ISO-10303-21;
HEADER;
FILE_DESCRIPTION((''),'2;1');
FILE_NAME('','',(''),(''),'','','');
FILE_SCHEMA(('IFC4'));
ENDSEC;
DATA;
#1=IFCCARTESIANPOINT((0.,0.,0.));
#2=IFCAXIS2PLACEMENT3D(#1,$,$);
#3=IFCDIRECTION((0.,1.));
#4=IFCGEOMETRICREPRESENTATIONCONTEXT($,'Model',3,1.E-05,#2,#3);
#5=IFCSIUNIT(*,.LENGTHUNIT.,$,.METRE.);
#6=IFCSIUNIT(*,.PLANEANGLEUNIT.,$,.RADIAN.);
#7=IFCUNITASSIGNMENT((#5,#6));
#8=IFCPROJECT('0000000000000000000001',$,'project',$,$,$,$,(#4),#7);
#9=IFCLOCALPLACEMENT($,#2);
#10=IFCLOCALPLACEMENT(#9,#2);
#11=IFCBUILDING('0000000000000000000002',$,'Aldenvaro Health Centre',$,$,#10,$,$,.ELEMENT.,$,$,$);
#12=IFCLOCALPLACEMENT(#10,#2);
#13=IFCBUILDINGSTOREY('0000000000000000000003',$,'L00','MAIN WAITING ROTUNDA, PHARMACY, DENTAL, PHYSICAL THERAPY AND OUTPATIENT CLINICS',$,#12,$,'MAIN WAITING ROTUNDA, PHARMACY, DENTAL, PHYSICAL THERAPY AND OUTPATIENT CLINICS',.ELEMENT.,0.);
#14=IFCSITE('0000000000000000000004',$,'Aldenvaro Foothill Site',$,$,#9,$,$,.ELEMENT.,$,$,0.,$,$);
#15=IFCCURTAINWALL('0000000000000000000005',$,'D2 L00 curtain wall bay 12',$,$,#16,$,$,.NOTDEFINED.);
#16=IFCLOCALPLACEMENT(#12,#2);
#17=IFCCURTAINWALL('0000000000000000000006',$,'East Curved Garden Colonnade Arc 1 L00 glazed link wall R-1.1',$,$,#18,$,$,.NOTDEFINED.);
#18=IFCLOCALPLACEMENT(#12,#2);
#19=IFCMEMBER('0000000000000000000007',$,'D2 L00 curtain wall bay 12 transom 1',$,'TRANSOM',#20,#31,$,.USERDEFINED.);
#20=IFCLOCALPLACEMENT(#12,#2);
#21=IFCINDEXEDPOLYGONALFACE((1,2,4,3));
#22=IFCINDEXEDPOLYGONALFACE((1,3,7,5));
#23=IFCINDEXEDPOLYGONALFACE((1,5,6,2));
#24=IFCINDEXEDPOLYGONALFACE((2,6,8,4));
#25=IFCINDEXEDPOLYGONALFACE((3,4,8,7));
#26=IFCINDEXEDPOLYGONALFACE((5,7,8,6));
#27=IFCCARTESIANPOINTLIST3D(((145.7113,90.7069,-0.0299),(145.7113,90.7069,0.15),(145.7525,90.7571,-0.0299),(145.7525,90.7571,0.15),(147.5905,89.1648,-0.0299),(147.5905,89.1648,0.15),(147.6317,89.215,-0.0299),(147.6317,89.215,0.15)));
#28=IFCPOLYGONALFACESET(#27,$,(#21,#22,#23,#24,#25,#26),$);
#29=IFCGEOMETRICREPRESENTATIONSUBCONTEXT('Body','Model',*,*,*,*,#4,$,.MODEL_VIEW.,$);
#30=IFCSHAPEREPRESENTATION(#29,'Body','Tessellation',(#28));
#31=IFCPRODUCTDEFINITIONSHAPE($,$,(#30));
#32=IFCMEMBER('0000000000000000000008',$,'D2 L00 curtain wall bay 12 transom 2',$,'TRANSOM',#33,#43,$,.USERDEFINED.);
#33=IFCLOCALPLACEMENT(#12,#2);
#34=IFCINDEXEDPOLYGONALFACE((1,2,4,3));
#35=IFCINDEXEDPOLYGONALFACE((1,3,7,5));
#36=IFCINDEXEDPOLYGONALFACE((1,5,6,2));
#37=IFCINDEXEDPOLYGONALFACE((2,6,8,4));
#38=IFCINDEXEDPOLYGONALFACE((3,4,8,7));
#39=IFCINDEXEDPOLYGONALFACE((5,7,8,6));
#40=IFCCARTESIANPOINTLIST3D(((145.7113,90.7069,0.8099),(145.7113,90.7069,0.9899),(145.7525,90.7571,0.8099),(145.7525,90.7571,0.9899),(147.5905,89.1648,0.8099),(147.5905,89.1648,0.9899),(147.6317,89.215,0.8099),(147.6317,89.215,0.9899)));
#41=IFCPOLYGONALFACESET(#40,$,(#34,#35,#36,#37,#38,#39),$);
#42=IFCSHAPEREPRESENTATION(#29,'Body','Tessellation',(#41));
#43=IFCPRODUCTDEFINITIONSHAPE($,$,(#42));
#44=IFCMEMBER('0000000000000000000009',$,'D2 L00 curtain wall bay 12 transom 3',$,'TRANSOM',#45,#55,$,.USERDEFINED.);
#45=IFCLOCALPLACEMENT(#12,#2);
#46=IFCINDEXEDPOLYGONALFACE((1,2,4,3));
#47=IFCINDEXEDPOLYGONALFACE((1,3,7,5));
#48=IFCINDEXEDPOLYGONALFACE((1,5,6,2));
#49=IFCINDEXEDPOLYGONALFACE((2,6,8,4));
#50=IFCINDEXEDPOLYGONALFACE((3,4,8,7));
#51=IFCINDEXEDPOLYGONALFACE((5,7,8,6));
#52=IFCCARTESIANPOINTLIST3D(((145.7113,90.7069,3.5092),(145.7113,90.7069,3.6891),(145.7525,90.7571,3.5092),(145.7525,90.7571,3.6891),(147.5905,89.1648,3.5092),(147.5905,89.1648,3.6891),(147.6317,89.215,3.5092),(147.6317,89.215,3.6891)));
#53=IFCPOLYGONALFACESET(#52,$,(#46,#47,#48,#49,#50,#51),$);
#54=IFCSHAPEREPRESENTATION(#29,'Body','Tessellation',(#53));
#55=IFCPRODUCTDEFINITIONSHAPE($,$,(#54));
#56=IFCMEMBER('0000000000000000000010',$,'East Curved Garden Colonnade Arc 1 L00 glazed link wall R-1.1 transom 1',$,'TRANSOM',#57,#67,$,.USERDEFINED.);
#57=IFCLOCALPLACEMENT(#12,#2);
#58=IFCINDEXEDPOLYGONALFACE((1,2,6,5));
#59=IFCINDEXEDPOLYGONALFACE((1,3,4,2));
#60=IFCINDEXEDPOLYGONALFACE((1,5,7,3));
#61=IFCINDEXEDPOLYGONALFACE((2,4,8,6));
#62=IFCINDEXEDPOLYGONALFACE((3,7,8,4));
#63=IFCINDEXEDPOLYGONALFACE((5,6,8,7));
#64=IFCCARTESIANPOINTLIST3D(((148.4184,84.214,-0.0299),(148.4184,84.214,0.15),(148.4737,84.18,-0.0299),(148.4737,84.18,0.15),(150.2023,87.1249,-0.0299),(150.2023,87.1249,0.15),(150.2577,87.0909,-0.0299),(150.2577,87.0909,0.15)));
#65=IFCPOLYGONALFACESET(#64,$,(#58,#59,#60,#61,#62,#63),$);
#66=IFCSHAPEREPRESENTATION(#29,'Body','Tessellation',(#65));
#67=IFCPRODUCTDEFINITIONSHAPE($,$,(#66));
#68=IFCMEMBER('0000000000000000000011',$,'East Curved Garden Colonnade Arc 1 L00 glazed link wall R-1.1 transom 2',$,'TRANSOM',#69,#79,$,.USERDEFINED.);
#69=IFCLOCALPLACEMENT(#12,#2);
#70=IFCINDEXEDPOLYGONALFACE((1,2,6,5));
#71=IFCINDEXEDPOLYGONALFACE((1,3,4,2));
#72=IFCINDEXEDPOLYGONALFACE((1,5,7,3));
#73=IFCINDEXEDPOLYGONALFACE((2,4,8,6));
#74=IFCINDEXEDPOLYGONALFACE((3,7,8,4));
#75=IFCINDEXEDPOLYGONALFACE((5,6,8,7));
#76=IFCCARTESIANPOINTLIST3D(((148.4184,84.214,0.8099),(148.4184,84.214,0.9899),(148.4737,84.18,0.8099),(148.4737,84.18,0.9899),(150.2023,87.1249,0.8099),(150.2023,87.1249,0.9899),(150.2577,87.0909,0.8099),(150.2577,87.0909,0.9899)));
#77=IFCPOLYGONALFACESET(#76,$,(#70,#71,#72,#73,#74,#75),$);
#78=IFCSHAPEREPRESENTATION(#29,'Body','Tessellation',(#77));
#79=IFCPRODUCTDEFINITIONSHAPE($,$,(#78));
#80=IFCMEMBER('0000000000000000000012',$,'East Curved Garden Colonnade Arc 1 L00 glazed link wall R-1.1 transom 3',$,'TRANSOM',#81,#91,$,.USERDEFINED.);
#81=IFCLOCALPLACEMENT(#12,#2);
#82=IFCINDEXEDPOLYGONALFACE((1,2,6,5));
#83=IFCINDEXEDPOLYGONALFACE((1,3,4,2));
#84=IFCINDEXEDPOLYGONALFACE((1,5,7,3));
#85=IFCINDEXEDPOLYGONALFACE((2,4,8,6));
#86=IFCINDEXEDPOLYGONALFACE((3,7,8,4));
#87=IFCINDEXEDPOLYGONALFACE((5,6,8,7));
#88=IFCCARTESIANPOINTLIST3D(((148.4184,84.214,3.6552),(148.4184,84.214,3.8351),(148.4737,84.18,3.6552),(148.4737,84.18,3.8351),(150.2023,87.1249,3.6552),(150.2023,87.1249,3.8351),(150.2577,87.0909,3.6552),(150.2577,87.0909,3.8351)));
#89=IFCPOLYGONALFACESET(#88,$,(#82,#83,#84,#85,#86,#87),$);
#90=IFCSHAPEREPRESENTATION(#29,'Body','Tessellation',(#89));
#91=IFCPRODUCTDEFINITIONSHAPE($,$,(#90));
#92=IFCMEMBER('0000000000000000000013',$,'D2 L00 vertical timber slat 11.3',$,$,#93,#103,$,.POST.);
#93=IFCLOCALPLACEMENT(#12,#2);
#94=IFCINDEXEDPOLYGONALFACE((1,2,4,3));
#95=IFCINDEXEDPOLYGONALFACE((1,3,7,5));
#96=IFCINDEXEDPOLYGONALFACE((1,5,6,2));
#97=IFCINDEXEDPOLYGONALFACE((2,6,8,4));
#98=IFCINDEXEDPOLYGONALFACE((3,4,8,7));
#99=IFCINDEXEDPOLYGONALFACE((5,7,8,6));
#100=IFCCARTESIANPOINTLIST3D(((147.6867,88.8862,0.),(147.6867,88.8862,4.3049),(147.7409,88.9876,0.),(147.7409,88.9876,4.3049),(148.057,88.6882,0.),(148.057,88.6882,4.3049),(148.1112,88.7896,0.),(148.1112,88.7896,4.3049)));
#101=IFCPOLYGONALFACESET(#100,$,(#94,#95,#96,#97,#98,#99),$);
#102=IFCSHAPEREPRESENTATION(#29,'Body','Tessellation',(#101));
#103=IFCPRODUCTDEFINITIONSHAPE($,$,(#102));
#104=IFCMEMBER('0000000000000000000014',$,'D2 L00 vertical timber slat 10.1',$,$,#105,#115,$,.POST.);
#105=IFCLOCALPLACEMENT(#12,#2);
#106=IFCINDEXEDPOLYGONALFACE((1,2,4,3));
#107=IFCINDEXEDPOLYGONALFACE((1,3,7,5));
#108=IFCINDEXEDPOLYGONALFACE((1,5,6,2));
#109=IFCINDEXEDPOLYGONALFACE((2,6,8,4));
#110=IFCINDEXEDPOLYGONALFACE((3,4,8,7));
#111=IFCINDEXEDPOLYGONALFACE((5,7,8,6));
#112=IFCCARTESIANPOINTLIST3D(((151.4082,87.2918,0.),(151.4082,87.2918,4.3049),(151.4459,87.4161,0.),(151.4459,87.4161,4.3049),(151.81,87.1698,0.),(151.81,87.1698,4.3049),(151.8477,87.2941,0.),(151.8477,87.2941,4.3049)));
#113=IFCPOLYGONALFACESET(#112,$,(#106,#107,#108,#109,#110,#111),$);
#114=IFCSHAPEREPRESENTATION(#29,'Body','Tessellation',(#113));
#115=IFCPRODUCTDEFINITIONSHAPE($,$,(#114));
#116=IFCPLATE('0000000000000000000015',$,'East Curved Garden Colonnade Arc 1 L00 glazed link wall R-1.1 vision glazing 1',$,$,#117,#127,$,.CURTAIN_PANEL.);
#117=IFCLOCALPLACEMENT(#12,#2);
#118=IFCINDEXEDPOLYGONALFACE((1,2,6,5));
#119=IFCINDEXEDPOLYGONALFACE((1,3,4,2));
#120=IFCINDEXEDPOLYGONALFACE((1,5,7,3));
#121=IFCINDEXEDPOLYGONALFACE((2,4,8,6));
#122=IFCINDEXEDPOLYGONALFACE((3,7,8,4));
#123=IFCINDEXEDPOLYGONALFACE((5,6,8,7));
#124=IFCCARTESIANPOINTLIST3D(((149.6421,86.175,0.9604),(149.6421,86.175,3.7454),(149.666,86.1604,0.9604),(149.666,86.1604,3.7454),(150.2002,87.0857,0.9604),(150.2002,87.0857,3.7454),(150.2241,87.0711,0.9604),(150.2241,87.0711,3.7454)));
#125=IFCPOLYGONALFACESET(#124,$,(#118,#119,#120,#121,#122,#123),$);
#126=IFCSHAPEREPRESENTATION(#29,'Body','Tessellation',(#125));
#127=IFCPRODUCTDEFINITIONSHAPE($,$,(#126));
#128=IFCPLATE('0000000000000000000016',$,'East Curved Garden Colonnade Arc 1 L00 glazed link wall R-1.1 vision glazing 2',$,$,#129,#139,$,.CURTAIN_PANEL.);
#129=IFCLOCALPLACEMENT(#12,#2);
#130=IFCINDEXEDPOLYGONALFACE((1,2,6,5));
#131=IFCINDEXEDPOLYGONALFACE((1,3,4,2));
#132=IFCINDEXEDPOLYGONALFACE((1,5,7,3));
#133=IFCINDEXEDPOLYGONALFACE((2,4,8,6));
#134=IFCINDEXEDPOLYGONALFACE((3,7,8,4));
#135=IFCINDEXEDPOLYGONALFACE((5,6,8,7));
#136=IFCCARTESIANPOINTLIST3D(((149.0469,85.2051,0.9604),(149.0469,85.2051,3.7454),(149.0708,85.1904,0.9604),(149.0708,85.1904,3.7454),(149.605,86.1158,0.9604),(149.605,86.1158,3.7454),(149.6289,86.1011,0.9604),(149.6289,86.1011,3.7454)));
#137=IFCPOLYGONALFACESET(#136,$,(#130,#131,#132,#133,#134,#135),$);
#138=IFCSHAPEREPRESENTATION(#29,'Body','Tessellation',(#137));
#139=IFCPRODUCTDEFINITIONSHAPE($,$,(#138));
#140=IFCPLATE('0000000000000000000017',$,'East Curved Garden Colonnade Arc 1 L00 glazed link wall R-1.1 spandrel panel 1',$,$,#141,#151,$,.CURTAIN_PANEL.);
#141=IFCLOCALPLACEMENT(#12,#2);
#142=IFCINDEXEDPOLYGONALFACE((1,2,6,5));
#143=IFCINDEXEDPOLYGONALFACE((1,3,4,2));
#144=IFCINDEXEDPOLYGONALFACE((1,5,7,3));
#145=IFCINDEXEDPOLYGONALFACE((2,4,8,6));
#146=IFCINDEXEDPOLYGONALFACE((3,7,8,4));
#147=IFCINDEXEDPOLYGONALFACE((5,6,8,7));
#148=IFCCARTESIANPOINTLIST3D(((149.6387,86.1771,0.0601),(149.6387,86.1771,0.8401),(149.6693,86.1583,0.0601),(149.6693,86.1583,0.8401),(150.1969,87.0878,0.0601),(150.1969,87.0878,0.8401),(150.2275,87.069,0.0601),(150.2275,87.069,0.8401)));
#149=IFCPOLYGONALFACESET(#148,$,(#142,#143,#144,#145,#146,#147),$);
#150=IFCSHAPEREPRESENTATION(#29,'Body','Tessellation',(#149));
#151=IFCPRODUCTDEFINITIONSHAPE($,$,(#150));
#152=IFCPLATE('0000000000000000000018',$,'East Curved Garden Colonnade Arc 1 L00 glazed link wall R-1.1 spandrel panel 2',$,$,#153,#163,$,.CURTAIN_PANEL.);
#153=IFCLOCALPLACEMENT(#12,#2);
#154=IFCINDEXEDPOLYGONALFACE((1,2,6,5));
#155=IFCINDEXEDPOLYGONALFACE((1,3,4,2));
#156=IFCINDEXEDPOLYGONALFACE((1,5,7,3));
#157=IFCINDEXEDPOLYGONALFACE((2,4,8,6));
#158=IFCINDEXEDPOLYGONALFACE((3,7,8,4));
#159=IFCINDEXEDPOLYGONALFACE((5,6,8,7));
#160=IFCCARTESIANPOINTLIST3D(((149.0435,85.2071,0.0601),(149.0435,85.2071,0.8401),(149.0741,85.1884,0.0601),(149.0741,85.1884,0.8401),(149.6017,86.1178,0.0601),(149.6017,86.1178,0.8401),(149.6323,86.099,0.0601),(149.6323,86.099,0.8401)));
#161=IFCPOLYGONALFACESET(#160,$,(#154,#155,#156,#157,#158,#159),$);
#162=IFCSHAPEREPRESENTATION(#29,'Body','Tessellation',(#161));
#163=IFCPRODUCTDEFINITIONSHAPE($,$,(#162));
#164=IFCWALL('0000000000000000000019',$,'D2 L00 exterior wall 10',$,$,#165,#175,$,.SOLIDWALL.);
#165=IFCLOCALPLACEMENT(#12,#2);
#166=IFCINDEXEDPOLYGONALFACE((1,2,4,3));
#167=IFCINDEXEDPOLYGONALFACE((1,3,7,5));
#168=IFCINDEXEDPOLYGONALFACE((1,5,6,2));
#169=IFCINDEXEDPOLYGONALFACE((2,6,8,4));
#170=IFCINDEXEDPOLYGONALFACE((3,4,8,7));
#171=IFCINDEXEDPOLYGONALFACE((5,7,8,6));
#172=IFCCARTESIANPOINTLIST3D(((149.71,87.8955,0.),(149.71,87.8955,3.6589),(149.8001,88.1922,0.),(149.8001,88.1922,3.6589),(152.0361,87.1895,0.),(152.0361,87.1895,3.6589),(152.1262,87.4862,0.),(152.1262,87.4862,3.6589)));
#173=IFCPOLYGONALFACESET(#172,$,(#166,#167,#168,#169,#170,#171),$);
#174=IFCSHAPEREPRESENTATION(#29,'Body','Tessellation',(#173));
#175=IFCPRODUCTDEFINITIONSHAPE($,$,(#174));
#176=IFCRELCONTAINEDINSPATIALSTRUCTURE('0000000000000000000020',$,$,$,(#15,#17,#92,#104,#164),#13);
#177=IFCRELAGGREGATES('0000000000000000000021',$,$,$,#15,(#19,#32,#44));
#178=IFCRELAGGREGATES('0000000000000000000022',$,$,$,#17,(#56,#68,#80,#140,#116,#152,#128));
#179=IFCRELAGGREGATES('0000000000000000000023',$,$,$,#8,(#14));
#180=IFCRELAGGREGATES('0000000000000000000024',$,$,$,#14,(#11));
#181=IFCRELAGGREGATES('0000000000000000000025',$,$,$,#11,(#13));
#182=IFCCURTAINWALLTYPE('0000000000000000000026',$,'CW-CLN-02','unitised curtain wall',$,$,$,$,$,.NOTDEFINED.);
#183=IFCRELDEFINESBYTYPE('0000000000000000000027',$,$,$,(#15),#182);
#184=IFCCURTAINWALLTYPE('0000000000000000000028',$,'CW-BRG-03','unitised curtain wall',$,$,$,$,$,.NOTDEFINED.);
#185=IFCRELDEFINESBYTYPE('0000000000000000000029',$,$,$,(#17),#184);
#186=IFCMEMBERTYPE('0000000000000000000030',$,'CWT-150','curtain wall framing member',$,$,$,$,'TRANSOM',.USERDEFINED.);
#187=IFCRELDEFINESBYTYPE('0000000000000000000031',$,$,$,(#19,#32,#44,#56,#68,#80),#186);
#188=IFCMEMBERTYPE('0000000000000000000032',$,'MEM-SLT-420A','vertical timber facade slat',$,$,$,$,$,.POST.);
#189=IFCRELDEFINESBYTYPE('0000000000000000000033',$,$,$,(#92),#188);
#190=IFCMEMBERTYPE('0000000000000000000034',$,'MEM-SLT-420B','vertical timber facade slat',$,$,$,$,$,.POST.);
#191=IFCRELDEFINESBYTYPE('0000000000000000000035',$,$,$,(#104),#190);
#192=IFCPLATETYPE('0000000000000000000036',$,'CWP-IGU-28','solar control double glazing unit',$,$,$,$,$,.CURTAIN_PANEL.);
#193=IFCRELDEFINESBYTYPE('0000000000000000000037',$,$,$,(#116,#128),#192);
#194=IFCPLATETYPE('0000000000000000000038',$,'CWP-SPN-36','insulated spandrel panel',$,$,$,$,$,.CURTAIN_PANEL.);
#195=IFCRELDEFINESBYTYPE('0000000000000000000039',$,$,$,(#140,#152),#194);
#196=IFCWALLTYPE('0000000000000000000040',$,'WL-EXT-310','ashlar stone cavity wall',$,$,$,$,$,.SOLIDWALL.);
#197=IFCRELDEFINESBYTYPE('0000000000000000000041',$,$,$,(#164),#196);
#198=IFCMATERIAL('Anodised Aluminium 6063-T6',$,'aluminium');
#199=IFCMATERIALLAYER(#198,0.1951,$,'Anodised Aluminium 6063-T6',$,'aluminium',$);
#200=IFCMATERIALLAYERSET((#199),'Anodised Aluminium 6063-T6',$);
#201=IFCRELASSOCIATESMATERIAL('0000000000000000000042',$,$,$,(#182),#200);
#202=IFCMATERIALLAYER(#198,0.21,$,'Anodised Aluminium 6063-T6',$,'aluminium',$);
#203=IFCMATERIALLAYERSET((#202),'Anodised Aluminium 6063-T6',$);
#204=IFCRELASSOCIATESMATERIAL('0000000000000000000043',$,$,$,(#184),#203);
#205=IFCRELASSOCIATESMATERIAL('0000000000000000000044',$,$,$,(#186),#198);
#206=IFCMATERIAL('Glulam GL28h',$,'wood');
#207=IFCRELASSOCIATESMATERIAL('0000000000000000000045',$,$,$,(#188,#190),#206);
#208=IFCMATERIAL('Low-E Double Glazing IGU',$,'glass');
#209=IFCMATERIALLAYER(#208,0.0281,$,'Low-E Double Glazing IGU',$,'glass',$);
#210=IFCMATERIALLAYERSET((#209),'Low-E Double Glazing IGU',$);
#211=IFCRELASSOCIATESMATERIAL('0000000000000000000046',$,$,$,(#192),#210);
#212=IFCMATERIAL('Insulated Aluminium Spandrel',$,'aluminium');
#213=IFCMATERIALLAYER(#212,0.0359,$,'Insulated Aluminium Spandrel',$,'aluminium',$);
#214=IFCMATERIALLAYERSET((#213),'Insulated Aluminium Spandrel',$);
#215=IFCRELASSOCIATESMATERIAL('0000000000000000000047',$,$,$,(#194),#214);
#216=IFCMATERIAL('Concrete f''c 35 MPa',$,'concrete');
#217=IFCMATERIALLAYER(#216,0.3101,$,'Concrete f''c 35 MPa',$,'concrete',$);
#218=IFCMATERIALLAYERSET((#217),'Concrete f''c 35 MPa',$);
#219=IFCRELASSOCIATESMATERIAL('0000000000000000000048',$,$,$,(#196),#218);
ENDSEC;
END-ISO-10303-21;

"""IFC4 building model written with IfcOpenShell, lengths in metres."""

from ifc_helpers import new_model, si_unit, direction, frame, frame_2d, origin, origin_2d, place, context, subcontext, project, spatial, rectangle, extrude, material, layer, layer_set, material_profile, profile_set, type_object, element, aggregate, save


model = new_model("IFC4")

# Units and contexts
model_context = context("Model", 3, precision=1e-05, world=origin(), true_north=direction((0.0, 1.0)))
body_context = subcontext(model_context, "Body", "Model", "MODEL_VIEW")
ifc_project = project(units=[si_unit("LENGTHUNIT", "METRE"), si_unit("PLANEANGLEUNIT", "RADIAN")], contexts=[model_context])

# Site, building, storey
site_placement = place(None, origin())
site = spatial("IfcSite", under=ifc_project, at=site_placement, Name="Aldenvaro Foothill Site", CompositionType="ELEMENT", RefElevation=0.0)
building_placement = place(site_placement, origin())
building = spatial("IfcBuilding", under=site, at=building_placement, Name="Aldenvaro Health Centre", CompositionType="ELEMENT")
storey_placement = place(building_placement, origin())
storey = spatial("IfcBuildingStorey", under=building, at=storey_placement, Name="L00", Description="MAIN WAITING ROTUNDA, PHARMACY, DENTAL, PHYSICAL THERAPY AND OUTPATIENT CLINICS", LongName="MAIN WAITING ROTUNDA, PHARMACY, DENTAL, PHYSICAL THERAPY AND OUTPATIENT CLINICS", CompositionType="ELEMENT", Elevation=0.0)

# Shared definitions
ifc_material_1 = material(Name="Glulam GL28h", Category="wood")

# Curtain wall
ifc_material_2 = material(Name="Anodised Aluminium 6063-T6", Category="aluminium")
ifc_layer_1 = layer(ifc_material_2, 0.1951, Name="Anodised Aluminium 6063-T6", Category="aluminium")
ifc_layer_set_1 = layer_set([ifc_layer_1], Name="Anodised Aluminium 6063-T6")
curtain_wall_type_1 = type_object("IfcCurtainWallType", Name="CW-CLN-02", Description="unitised curtain wall", PredefinedType="NOTDEFINED", material=ifc_layer_set_1)
curtain_wall_1_placement = place(storey_placement, origin())
curtain_wall_1 = element("IfcCurtainWall", 1, at=curtain_wall_1_placement, inside=storey, type_object=curtain_wall_type_1, Name="D2 L00 curtain wall bay 12", PredefinedType="NOTDEFINED")

# Curtain wall
ifc_layer_2 = layer(ifc_material_2, 0.21, Name="Anodised Aluminium 6063-T6", Category="aluminium")
ifc_layer_set_2 = layer_set([ifc_layer_2], Name="Anodised Aluminium 6063-T6")
curtain_wall_type_2 = type_object("IfcCurtainWallType", Name="CW-BRG-03", Description="unitised curtain wall", PredefinedType="NOTDEFINED", material=ifc_layer_set_2)
curtain_wall_2_placement = place(storey_placement, origin())
curtain_wall_2 = element("IfcCurtainWall", 2, at=curtain_wall_2_placement, inside=storey, type_object=curtain_wall_type_2, Name="East Curved Garden Colonnade Arc 1 L00 glazed link wall R-1.1", PredefinedType="NOTDEFINED")

# Members
ifc_material_profile_1 = material_profile(ifc_material_2, rectangle(XDim=0.0649, YDim=0.1799, at=origin_2d()), Name="ALU 65x180", Category="aluminium")
ifc_profile_set_1 = profile_set([ifc_material_profile_1], Name="Anodised Aluminium 6063-T6")
member_type_1 = type_object("IfcMemberType", Name="CWT-150", Description="curtain wall framing member", ElementType="TRANSOM", PredefinedType="USERDEFINED", material=ifc_profile_set_1)
member_1_placement = place(storey_placement, frame((147.6111, 89.1899, 0.0601), z_axis=(-0.773048, 0.634347, 0.0), x_axis=(-0.634347, -0.773048, 0.0)))
member_1 = element("IfcMember", 3, at=member_1_placement, type_object=member_type_1, Name="D2 L00 curtain wall bay 12 transom 1", ObjectType="TRANSOM", PredefinedType="USERDEFINED", context=body_context, shape_type="SweptSolid", body=[
    extrude(rectangle(XDim=0.0649, YDim=0.1799, at=origin_2d()), origin(), (0.0, 0.0, 1.0), 2.4309),
])
member_2_placement = place(storey_placement, frame((147.6111, 89.1899, 0.8999), z_axis=(-0.773048, 0.634347, 0.0), x_axis=(-0.634347, -0.773048, 0.0)))
member_2 = element("IfcMember", 4, at=member_2_placement, type_object=member_type_1, Name="D2 L00 curtain wall bay 12 transom 2", ObjectType="TRANSOM", PredefinedType="USERDEFINED", context=body_context, shape_type="SweptSolid", body=[
    extrude(rectangle(XDim=0.0649, YDim=0.1799, at=origin_2d()), origin(), (0.0, 0.0, 1.0), 2.4309),
])
member_3_placement = place(storey_placement, frame((147.6111, 89.1899, 3.5991), z_axis=(-0.773048, 0.634347, 0.0), x_axis=(-0.634347, -0.773048, 0.0)))
member_3 = element("IfcMember", 5, at=member_3_placement, type_object=member_type_1, Name="D2 L00 curtain wall bay 12 transom 3", ObjectType="TRANSOM", PredefinedType="USERDEFINED", context=body_context, shape_type="SweptSolid", body=[
    extrude(rectangle(XDim=0.0649, YDim=0.1799, at=origin_2d()), origin(), (0.0, 0.0, 1.0), 2.4309),
])
aggregate(curtain_wall_1, [member_1, member_2, member_3])
member_4_placement = place(storey_placement, frame((150.23, 87.1079, 0.0601), z_axis=(-0.522529, -0.852622, 0.0), x_axis=(0.852622, -0.522529, 0.0)))
member_4 = element("IfcMember", 6, at=member_4_placement, type_object=member_type_1, Name="East Curved Garden Colonnade Arc 1 L00 glazed link wall R-1.1 transom 1", ObjectType="TRANSOM", PredefinedType="USERDEFINED", context=body_context, shape_type="SweptSolid", body=[
    extrude(rectangle(XDim=0.0649, YDim=0.1799, at=origin_2d()), origin(), (0.0, 0.0, 1.0), 3.4141),
])
member_5_placement = place(storey_placement, frame((150.23, 87.1079, 0.8999), z_axis=(-0.522529, -0.852622, 0.0), x_axis=(0.852622, -0.522529, 0.0)))
member_5 = element("IfcMember", 7, at=member_5_placement, type_object=member_type_1, Name="East Curved Garden Colonnade Arc 1 L00 glazed link wall R-1.1 transom 2", ObjectType="TRANSOM", PredefinedType="USERDEFINED", context=body_context, shape_type="SweptSolid", body=[
    extrude(rectangle(XDim=0.0649, YDim=0.1799, at=origin_2d()), origin(), (0.0, 0.0, 1.0), 3.4141),
])
member_6_placement = place(storey_placement, frame((150.23, 87.1079, 3.7451), z_axis=(-0.522529, -0.852622, 0.0), x_axis=(0.852622, -0.522529, 0.0)))
member_6 = element("IfcMember", 8, at=member_6_placement, type_object=member_type_1, Name="East Curved Garden Colonnade Arc 1 L00 glazed link wall R-1.1 transom 3", ObjectType="TRANSOM", PredefinedType="USERDEFINED", context=body_context, shape_type="SweptSolid", body=[
    extrude(rectangle(XDim=0.0649, YDim=0.1799, at=origin_2d()), origin(), (0.0, 0.0, 1.0), 3.4141),
])

# Members
ifc_material_profile_2 = material_profile(ifc_material_1, rectangle(XDim=0.115, YDim=0.4199, at=origin_2d()), Name="GL 115x420", Category="wood")
ifc_profile_set_2 = profile_set([ifc_material_profile_2], Name="Glulam GL28h")
member_type_2 = type_object("IfcMemberType", Name="MEM-SLT-420A", Description="vertical timber facade slat", PredefinedType="POST", material=ifc_profile_set_2)
member_7_placement = place(storey_placement, frame((147.8989, 88.8379, 0.0), z_axis=(0.0, 0.0, 1.0), x_axis=(-0.471399, -0.88192, 0.0)))
element("IfcMember", 9, at=member_7_placement, inside=storey, type_object=member_type_2, Name="D2 L00 vertical timber slat 11.3", PredefinedType="POST", context=body_context, shape_type="SweptSolid", body=[
    extrude(rectangle(XDim=0.115, YDim=0.4199, at=origin_2d()), origin(), (0.0, 0.0, 1.0), 4.3049),
])
ifc_material_profile_3 = material_profile(ifc_material_1, rectangle(XDim=0.1299, YDim=0.4199, at=origin_2d()), Name="GL 130x420", Category="wood")
ifc_profile_set_3 = profile_set([ifc_material_profile_3], Name="Glulam GL28h")
member_type_3 = type_object("IfcMemberType", Name="MEM-SLT-420B", Description="vertical timber facade slat", PredefinedType="POST", material=ifc_profile_set_3)
member_8_placement = place(storey_placement, frame((151.6279, 87.293, 0.0), z_axis=(0.0, 0.0, 1.0), x_axis=(-0.290441, -0.956893, 0.0)))
element("IfcMember", 10, at=member_8_placement, inside=storey, type_object=member_type_3, Name="D2 L00 vertical timber slat 10.1", PredefinedType="POST", context=body_context, shape_type="SweptSolid", body=[
    extrude(rectangle(XDim=0.1299, YDim=0.4199, at=origin_2d()), origin(), (0.0, 0.0, 1.0), 4.3049),
])

# Plates
ifc_material_3 = material(Name="Low-E Double Glazing IGU", Category="glass")
ifc_layer_3 = layer(ifc_material_3, 0.0281, Name="Low-E Double Glazing IGU", Category="glass")
ifc_layer_set_3 = layer_set([ifc_layer_3], Name="Low-E Double Glazing IGU")
plate_type_1 = type_object("IfcPlateType", Name="CWP-IGU-28", Description="solar control double glazing unit", PredefinedType="CURTAIN_PANEL", material=ifc_layer_set_3)
plate_1_placement = place(storey_placement, frame((149.9331, 86.623, 0.9604), z_axis=(0.0, 0.0, 1.0), x_axis=(-0.522528, -0.852622, 0.0)))
plate_1 = element("IfcPlate", 11, at=plate_1_placement, type_object=plate_type_1, Name="East Curved Garden Colonnade Arc 1 L00 glazed link wall R-1.1 vision glazing 1", PredefinedType="CURTAIN_PANEL", context=body_context, shape_type="SweptSolid", body=[
    extrude(rectangle(XDim=1.0681, YDim=0.0281, at=origin_2d()), origin(), (0.0, 0.0, 1.0), 2.7849),
])
plate_2_placement = place(storey_placement, frame((149.3379, 85.6531, 0.9604), z_axis=(0.0, 0.0, 1.0), x_axis=(-0.522528, -0.852622, 0.0)))
plate_2 = element("IfcPlate", 12, at=plate_2_placement, type_object=plate_type_1, Name="East Curved Garden Colonnade Arc 1 L00 glazed link wall R-1.1 vision glazing 2", PredefinedType="CURTAIN_PANEL", context=body_context, shape_type="SweptSolid", body=[
    extrude(rectangle(XDim=1.0681, YDim=0.0281, at=origin_2d()), origin(), (0.0, 0.0, 1.0), 2.7849),
])
ifc_material_4 = material(Name="Insulated Aluminium Spandrel", Category="aluminium")
ifc_layer_4 = layer(ifc_material_4, 0.0359, Name="Insulated Aluminium Spandrel", Category="aluminium")
ifc_layer_set_4 = layer_set([ifc_layer_4], Name="Insulated Aluminium Spandrel")
plate_type_2 = type_object("IfcPlateType", Name="CWP-SPN-36", Description="insulated spandrel panel", PredefinedType="CURTAIN_PANEL", material=ifc_layer_set_4)
plate_3_placement = place(storey_placement, frame((149.9331, 86.623, 0.0601), z_axis=(0.0, 0.0, 1.0), x_axis=(-0.522528, -0.852622, 0.0)))
plate_3 = element("IfcPlate", 13, at=plate_3_placement, type_object=plate_type_2, Name="East Curved Garden Colonnade Arc 1 L00 glazed link wall R-1.1 spandrel panel 1", PredefinedType="CURTAIN_PANEL", context=body_context, shape_type="SweptSolid", body=[
    extrude(rectangle(XDim=1.0681, YDim=0.0359, at=origin_2d()), origin(), (0.0, 0.0, 1.0), 0.78),
])
plate_4_placement = place(storey_placement, frame((149.3379, 85.6531, 0.0601), z_axis=(0.0, 0.0, 1.0), x_axis=(-0.522528, -0.852622, 0.0)))
plate_4 = element("IfcPlate", 14, at=plate_4_placement, type_object=plate_type_2, Name="East Curved Garden Colonnade Arc 1 L00 glazed link wall R-1.1 spandrel panel 2", PredefinedType="CURTAIN_PANEL", context=body_context, shape_type="SweptSolid", body=[
    extrude(rectangle(XDim=1.0681, YDim=0.0359, at=origin_2d()), origin(), (0.0, 0.0, 1.0), 0.78),
])
aggregate(curtain_wall_2, [member_4, member_5, member_6, plate_3, plate_1, plate_4, plate_2])

# Wall
ifc_material_5 = material(Name="Concrete f'c 35 MPa", Category="concrete")
ifc_layer_5 = layer(ifc_material_5, 0.3101, Name="Concrete f'c 35 MPa", Category="concrete")
ifc_layer_set_5 = layer_set([ifc_layer_5], Name="Concrete f'c 35 MPa")
wall_type = type_object("IfcWallType", Name="WL-EXT-310", Description="ashlar stone cavity wall", PredefinedType="SOLIDWALL", material=ifc_layer_set_5)
wall_1_placement = place(storey_placement, frame((152.0811, 87.3379, 0.0), z_axis=(0.0, 0.0, 1.0), x_axis=(-0.956893, 0.290442, 0.0)))
element("IfcWall", 15, at=wall_1_placement, inside=storey, type_object=wall_type, Name="D2 L00 exterior wall 10", PredefinedType="SOLIDWALL", context=body_context, shape_type="SweptSolid", body=[
    extrude(rectangle(XDim=2.4309, YDim=0.3101, at=frame_2d((1.2153, 0.0))), origin(), (0.0, 0.0, 1.0), 3.6589),
])

save(model, "model.ifc")
